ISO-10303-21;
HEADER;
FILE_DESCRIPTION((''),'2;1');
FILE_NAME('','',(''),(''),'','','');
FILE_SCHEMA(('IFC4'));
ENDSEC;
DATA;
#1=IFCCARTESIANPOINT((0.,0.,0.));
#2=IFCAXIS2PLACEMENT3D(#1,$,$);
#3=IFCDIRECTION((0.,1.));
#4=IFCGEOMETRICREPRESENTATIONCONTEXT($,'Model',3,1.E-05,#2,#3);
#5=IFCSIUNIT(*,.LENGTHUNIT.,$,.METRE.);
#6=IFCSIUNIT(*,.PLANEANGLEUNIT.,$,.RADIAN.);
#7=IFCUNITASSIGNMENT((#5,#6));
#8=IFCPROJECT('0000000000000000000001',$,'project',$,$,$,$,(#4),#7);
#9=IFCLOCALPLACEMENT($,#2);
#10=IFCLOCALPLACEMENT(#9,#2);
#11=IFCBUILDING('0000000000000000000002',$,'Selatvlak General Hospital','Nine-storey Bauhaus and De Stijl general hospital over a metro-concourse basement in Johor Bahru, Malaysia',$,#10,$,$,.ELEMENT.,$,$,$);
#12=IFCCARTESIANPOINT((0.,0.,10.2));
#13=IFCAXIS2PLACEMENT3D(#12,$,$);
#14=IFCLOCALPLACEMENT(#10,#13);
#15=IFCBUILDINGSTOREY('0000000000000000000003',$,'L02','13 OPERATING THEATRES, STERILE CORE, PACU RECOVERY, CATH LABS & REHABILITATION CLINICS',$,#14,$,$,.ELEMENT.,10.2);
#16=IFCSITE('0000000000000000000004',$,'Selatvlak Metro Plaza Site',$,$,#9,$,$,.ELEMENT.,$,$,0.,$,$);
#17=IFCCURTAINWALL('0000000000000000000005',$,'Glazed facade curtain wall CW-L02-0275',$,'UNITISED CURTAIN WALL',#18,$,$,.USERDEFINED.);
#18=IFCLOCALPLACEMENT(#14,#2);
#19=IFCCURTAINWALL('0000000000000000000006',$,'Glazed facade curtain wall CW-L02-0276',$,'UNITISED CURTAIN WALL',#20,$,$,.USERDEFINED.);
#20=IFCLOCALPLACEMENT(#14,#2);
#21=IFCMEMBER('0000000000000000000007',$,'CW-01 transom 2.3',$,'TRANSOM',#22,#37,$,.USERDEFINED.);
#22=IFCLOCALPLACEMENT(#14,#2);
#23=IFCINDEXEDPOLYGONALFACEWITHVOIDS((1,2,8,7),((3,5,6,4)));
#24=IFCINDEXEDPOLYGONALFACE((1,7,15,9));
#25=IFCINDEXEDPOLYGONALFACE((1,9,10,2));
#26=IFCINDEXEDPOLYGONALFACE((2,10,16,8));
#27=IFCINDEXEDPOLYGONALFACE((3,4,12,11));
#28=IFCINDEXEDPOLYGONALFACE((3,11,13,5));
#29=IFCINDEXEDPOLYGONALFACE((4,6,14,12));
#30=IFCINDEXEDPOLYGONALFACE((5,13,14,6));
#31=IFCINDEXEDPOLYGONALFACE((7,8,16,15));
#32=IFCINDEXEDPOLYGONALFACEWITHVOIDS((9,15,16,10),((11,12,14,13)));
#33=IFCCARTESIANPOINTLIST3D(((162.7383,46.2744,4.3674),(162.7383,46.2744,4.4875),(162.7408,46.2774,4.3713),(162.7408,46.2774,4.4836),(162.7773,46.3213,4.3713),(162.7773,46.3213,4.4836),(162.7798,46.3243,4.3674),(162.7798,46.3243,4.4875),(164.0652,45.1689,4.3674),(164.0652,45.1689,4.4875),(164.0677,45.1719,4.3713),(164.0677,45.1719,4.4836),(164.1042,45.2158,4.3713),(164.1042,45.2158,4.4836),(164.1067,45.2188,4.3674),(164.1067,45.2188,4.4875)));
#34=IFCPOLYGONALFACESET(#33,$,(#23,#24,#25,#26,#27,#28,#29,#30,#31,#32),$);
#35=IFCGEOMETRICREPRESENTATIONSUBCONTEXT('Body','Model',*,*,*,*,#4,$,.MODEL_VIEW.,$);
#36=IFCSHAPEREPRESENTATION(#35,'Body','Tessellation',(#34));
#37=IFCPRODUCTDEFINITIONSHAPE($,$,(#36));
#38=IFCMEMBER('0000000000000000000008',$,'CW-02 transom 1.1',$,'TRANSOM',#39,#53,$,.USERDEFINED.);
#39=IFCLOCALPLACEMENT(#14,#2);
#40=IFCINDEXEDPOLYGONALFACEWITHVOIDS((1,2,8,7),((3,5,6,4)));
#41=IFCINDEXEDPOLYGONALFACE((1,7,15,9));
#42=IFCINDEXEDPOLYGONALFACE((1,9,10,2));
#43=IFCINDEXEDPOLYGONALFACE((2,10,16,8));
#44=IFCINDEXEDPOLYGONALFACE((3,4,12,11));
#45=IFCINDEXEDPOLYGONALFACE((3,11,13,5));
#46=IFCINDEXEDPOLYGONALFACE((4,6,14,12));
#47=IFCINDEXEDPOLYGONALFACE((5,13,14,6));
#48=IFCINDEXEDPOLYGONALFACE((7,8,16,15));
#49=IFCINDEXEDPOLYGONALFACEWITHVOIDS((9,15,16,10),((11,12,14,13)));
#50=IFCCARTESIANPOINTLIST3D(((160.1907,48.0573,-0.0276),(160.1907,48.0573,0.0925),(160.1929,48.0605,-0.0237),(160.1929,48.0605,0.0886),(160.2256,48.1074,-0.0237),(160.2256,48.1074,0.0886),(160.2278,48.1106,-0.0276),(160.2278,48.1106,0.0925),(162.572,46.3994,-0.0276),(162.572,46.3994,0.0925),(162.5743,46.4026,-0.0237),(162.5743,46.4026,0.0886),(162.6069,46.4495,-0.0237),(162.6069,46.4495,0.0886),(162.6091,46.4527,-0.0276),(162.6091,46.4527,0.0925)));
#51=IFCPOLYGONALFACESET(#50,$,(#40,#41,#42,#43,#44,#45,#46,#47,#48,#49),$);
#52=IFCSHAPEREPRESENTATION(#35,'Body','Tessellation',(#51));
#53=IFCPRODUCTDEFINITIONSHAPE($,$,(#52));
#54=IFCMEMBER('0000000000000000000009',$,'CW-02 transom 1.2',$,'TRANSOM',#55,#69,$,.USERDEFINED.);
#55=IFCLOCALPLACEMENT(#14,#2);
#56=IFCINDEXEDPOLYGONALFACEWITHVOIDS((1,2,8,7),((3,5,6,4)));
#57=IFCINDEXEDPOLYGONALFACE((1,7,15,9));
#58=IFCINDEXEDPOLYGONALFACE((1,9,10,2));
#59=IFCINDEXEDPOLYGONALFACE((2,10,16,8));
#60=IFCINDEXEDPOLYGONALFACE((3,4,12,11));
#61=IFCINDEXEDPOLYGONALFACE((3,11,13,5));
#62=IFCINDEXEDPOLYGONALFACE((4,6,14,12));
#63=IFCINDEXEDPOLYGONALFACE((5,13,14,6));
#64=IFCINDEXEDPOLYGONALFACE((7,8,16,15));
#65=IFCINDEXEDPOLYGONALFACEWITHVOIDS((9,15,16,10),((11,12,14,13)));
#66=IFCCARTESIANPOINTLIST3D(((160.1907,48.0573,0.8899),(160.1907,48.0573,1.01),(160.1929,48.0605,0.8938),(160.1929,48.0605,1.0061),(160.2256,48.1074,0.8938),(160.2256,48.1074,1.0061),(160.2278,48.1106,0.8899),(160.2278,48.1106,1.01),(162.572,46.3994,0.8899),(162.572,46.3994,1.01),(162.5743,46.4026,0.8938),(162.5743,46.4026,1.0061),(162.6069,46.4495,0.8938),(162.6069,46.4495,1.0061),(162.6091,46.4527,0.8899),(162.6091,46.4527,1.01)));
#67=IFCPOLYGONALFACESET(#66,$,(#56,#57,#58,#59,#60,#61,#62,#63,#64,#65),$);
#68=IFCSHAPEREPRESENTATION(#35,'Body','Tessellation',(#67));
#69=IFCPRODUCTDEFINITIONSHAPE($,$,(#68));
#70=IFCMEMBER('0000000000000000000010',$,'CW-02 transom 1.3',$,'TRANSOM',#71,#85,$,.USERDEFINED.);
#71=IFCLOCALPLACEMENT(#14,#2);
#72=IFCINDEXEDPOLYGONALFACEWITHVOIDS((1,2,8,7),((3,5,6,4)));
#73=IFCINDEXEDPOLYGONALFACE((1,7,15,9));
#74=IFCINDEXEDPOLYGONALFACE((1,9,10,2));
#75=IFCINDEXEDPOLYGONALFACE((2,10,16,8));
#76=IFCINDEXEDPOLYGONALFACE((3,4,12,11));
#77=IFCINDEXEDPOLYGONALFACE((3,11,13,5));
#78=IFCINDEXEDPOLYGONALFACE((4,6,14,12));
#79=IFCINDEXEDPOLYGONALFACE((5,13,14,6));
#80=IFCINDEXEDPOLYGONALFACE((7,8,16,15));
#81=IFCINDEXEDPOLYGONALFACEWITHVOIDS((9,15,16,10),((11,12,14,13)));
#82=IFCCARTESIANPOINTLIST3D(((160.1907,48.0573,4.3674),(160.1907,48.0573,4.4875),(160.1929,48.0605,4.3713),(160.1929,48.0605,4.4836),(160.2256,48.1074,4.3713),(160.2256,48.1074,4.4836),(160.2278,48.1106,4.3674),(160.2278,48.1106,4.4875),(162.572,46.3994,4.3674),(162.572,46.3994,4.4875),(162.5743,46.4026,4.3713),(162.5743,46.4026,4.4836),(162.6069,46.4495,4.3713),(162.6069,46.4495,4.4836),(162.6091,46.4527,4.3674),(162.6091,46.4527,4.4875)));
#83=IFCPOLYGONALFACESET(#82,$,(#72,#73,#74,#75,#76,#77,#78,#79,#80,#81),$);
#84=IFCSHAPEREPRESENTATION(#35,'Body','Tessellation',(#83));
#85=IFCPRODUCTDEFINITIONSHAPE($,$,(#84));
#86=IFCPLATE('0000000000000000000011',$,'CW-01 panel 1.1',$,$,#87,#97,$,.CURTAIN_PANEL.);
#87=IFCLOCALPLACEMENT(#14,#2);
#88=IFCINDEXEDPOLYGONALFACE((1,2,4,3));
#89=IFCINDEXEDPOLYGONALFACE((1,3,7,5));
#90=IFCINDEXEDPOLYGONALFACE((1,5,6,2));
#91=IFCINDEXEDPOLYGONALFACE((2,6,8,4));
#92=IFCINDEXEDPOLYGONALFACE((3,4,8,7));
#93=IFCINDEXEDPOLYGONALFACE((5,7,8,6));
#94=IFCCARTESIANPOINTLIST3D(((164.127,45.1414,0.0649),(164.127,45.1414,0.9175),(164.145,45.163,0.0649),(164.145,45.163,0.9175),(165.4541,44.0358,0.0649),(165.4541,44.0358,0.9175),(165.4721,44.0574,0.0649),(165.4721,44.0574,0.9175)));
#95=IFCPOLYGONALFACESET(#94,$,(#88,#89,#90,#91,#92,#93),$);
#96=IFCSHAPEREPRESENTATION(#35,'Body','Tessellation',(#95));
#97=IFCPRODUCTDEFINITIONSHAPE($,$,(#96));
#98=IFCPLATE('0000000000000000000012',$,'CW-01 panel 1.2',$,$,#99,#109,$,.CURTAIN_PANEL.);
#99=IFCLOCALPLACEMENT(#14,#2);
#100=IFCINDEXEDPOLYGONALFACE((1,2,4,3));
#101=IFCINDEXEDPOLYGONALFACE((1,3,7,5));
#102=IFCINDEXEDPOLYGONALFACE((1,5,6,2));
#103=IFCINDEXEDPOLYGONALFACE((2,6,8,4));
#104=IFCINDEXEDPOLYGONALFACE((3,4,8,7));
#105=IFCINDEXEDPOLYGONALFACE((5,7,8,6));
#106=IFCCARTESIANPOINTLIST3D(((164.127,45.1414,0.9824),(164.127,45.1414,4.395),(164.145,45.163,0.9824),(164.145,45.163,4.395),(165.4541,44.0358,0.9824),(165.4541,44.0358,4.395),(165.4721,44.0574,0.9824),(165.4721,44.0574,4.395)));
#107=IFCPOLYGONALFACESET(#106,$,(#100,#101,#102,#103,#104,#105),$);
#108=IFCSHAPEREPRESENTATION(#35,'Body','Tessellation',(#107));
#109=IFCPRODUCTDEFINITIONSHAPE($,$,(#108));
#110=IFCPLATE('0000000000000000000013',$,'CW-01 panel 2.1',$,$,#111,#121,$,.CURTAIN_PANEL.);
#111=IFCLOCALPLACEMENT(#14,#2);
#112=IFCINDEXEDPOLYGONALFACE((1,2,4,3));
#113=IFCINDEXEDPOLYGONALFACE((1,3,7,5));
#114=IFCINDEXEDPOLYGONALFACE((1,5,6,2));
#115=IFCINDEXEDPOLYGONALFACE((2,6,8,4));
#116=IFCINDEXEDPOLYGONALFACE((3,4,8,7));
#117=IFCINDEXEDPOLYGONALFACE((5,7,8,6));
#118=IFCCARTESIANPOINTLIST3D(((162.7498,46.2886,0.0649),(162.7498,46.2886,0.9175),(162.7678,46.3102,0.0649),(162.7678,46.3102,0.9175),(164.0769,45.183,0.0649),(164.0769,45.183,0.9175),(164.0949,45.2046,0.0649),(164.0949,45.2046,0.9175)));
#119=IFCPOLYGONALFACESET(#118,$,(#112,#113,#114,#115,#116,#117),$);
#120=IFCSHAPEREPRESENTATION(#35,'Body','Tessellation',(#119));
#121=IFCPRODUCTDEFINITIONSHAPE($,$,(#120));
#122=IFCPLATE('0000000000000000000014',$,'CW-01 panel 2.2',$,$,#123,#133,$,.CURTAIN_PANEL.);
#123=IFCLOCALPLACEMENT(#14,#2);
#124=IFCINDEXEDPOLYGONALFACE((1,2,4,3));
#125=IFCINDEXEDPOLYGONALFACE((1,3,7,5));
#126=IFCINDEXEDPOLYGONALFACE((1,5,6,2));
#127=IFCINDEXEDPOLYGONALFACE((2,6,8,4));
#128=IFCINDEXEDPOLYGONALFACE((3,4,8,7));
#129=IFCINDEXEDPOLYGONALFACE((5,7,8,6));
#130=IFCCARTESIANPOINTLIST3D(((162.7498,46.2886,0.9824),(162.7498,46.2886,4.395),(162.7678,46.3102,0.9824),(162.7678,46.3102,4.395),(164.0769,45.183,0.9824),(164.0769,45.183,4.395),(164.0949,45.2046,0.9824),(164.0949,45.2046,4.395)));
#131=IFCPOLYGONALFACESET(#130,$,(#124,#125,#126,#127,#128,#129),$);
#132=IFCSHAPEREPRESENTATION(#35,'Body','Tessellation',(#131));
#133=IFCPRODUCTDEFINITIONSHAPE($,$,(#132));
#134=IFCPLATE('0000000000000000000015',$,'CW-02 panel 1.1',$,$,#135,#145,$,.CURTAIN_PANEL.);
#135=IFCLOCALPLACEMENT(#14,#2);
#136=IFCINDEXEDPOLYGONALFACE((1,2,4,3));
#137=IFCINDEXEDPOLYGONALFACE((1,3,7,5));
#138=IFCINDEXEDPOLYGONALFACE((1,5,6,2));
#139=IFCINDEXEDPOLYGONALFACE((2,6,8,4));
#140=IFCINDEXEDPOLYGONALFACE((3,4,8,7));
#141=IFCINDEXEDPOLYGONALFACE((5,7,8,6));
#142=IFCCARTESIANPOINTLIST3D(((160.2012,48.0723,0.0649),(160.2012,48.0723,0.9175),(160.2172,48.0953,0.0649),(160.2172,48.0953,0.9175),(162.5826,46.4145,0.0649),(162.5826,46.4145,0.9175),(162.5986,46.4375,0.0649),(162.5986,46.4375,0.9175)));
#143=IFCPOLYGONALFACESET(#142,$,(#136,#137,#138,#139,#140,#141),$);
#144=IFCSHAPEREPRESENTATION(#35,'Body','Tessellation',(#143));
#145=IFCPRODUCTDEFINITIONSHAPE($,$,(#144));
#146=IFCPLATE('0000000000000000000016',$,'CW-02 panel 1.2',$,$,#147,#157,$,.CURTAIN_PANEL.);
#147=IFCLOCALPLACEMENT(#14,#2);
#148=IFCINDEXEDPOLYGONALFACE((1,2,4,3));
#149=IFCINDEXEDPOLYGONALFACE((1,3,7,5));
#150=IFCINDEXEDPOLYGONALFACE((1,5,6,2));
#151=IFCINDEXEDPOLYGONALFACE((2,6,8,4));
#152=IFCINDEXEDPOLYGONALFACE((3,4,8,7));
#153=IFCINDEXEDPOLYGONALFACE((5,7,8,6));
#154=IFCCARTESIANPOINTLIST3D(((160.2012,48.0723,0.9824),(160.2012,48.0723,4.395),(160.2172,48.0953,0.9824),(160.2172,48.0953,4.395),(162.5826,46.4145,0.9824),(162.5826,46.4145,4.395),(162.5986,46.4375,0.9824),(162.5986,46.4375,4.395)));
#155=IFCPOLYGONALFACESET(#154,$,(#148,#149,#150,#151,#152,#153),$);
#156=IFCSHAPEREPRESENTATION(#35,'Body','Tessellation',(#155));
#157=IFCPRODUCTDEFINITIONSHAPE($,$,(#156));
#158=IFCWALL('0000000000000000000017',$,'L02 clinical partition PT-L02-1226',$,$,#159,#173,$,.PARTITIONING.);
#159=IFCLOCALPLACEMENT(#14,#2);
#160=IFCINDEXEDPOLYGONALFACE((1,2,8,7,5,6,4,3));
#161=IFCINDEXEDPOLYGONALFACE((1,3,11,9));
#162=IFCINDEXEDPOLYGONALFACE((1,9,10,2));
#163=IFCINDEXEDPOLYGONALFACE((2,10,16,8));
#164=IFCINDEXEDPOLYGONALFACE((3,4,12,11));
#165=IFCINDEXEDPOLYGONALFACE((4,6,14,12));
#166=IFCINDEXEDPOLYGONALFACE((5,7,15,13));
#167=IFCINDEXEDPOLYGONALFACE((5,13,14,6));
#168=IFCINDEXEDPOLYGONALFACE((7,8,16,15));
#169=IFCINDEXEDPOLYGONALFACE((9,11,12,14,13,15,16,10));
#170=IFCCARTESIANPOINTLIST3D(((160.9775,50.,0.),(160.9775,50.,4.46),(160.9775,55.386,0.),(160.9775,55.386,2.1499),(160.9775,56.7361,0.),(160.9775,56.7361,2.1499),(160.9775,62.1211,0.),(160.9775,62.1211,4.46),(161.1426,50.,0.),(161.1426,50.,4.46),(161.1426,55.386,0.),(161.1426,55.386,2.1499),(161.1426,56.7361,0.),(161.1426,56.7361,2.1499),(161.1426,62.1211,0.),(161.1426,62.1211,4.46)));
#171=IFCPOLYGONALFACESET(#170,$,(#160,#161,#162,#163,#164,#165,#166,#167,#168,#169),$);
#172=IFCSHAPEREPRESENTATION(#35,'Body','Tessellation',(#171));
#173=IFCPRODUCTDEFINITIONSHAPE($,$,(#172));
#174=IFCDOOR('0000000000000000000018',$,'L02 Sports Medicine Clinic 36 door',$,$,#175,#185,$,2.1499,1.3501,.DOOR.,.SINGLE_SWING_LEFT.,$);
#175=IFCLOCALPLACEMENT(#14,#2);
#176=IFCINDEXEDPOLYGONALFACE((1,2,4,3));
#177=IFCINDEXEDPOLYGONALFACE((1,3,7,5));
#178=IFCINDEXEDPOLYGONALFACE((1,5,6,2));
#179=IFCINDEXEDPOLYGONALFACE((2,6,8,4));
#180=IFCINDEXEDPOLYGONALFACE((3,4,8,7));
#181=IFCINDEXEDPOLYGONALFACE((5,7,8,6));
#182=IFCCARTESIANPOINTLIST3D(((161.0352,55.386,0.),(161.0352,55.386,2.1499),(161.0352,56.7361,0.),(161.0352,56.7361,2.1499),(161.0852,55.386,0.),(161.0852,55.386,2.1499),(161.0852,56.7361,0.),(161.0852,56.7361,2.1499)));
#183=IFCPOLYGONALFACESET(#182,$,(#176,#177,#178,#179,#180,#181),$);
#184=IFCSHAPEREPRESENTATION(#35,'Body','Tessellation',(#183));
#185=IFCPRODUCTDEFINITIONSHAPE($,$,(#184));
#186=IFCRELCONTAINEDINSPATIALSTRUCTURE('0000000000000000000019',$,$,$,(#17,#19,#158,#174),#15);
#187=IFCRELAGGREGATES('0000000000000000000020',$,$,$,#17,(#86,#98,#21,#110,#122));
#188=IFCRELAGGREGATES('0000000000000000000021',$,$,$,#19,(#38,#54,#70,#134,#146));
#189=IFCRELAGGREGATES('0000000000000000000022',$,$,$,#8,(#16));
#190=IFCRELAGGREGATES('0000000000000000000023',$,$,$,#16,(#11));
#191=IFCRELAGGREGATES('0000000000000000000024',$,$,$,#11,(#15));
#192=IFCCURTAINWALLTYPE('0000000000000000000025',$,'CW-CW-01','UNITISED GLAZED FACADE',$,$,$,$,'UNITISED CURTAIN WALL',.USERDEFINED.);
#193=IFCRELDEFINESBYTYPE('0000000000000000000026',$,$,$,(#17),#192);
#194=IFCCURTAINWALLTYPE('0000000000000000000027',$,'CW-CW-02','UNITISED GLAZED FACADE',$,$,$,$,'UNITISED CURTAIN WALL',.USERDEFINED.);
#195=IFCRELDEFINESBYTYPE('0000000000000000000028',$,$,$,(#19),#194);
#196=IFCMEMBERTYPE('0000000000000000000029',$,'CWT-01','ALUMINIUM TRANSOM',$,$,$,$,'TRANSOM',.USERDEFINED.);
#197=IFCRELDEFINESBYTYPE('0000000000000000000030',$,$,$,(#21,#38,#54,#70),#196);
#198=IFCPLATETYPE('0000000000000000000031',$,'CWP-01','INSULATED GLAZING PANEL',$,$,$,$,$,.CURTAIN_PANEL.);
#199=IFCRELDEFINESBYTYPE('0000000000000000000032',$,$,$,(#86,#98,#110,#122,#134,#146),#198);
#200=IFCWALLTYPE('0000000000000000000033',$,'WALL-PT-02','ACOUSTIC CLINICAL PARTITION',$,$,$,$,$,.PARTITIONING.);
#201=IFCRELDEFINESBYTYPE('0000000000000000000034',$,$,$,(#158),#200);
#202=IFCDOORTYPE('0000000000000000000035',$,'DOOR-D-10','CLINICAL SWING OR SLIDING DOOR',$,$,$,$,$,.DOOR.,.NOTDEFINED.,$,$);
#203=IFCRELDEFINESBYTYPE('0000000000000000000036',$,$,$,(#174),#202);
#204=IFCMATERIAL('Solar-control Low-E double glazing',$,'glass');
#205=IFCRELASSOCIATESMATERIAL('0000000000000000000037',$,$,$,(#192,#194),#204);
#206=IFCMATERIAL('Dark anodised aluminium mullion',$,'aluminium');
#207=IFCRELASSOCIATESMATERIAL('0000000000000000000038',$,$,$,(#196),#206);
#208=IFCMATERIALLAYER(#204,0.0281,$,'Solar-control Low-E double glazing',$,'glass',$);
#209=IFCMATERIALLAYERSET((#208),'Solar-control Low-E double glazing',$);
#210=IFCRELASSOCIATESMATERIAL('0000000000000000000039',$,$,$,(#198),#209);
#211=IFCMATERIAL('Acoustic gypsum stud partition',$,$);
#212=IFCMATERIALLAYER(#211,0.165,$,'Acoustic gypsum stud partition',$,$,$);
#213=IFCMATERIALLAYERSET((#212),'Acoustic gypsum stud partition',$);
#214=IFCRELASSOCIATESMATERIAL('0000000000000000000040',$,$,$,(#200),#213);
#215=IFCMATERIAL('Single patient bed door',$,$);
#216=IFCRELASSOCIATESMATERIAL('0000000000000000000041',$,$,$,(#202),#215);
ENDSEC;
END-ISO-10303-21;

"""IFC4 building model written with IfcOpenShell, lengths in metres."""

from ifc_helpers import new_model, si_unit, direction, frame, frame_2d, origin, origin_2d, place, context, subcontext, project, spatial, rectangle, hollow_rectangle, extrude, material, layer, layer_set, material_profile, profile_set, type_object, element, fill, aggregate, save


model = new_model("IFC4")

# Units and contexts
model_context = context("Model", 3, precision=1e-05, world=origin(), true_north=direction((0.0, 1.0)))
body_context = subcontext(model_context, "Body", "Model", "MODEL_VIEW")
ifc_project = project(units=[si_unit("LENGTHUNIT", "METRE"), si_unit("PLANEANGLEUNIT", "RADIAN")], contexts=[model_context])

# Site, building, storey
site_placement = place(None, origin())
site = spatial("IfcSite", under=ifc_project, at=site_placement, Name="Selatvlak Metro Plaza Site", CompositionType="ELEMENT", RefElevation=0.0)
building_placement = place(site_placement, origin())
building = spatial("IfcBuilding", under=site, at=building_placement, Name="Selatvlak General Hospital", Description="Nine-storey Bauhaus and De Stijl general hospital over a metro-concourse basement in Johor Bahru, Malaysia", CompositionType="ELEMENT")
storey_placement = place(building_placement, frame((0.0, 0.0, 10.2)))
storey = spatial("IfcBuildingStorey", under=building, at=storey_placement, Name="L02", Description="13 OPERATING THEATRES, STERILE CORE, PACU RECOVERY, CATH LABS & REHABILITATION CLINICS", CompositionType="ELEMENT", Elevation=10.2)

# Shared definitions
ifc_material_1 = material(Name="Solar-control Low-E double glazing", Category="glass")
curtain_wall_type_1 = type_object("IfcCurtainWallType", Name="CW-CW-01", Description="UNITISED GLAZED FACADE", ElementType="UNITISED CURTAIN WALL", PredefinedType="USERDEFINED", material=ifc_material_1)
ifc_material_2 = material(Name="Dark anodised aluminium mullion", Category="aluminium")

# Curtain wall
curtain_wall_1_placement = place(storey_placement, origin())
curtain_wall_1 = element("IfcCurtainWall", 1, at=curtain_wall_1_placement, inside=storey, type_object=curtain_wall_type_1, Name="Glazed facade curtain wall CW-L02-0275", ObjectType="UNITISED CURTAIN WALL", PredefinedType="USERDEFINED")

# Curtain wall
curtain_wall_type_2 = type_object("IfcCurtainWallType", Name="CW-CW-02", Description="UNITISED GLAZED FACADE", ElementType="UNITISED CURTAIN WALL", PredefinedType="USERDEFINED", material=ifc_material_1)
curtain_wall_2_placement = place(storey_placement, origin())
curtain_wall_2 = element("IfcCurtainWall", 2, at=curtain_wall_2_placement, inside=storey, type_object=curtain_wall_type_2, Name="Glazed facade curtain wall CW-L02-0276", ObjectType="UNITISED CURTAIN WALL", PredefinedType="USERDEFINED")

# Members
ifc_material_profile_1 = material_profile(ifc_material_2, hollow_rectangle(XDim=0.0649, YDim=0.1201, WallThickness=0.0039, at=origin_2d()), Name="AL-TRN 65x120x4")
ifc_profile_set_1 = profile_set([ifc_material_profile_1], Name="Dark anodised aluminium mullion")
member_type_1 = type_object("IfcMemberType", Name="CWT-01", Description="ALUMINIUM TRANSOM", ElementType="TRANSOM", PredefinedType="USERDEFINED", material=ifc_profile_set_1)
member_1_placement = place(storey_placement, frame((164.0859, 45.1938, 4.4275), z_axis=(-0.768302, 0.640087, 0.0), x_axis=(-0.640087, -0.768302, 0.0)))
member_1 = element("IfcMember", 3, at=member_1_placement, type_object=member_type_1, Name="CW-01 transom 2.3", ObjectType="TRANSOM", PredefinedType="USERDEFINED", context=body_context, shape_type="SweptSolid", body=[
    extrude(hollow_rectangle(XDim=0.0649, YDim=0.1201, WallThickness=0.0039, at=origin_2d()), origin(), (0.0, 0.0, 1.0), 1.7271),
])
member_2_placement = place(storey_placement, frame((162.5906, 46.426, 0.0325), z_axis=(-0.820684, 0.571382, 0.0), x_axis=(-0.571382, -0.820684, 0.0)))
member_2 = element("IfcMember", 4, at=member_2_placement, type_object=member_type_1, Name="CW-02 transom 1.1", ObjectType="TRANSOM", PredefinedType="USERDEFINED", context=body_context, shape_type="SweptSolid", body=[
    extrude(hollow_rectangle(XDim=0.0649, YDim=0.1201, WallThickness=0.0039, at=origin_2d()), origin(), (0.0, 0.0, 1.0), 2.9016),
])
member_3_placement = place(storey_placement, frame((162.5906, 46.426, 0.95), z_axis=(-0.820684, 0.571382, 0.0), x_axis=(-0.571382, -0.820684, 0.0)))
member_3 = element("IfcMember", 5, at=member_3_placement, type_object=member_type_1, Name="CW-02 transom 1.2", ObjectType="TRANSOM", PredefinedType="USERDEFINED", context=body_context, shape_type="SweptSolid", body=[
    extrude(hollow_rectangle(XDim=0.0649, YDim=0.1201, WallThickness=0.0039, at=origin_2d()), origin(), (0.0, 0.0, 1.0), 2.9016),
])
member_4_placement = place(storey_placement, frame((162.5906, 46.426, 4.4275), z_axis=(-0.820684, 0.571382, 0.0), x_axis=(-0.571382, -0.820684, 0.0)))
member_4 = element("IfcMember", 6, at=member_4_placement, type_object=member_type_1, Name="CW-02 transom 1.3", ObjectType="TRANSOM", PredefinedType="USERDEFINED", context=body_context, shape_type="SweptSolid", body=[
    extrude(hollow_rectangle(XDim=0.0649, YDim=0.1201, WallThickness=0.0039, at=origin_2d()), origin(), (0.0, 0.0, 1.0), 2.9016),
])

# Plates
ifc_layer_1 = layer(ifc_material_1, 0.0281, Name="Solar-control Low-E double glazing", Category="glass")
ifc_layer_set_1 = layer_set([ifc_layer_1], Name="Solar-control Low-E double glazing")
plate_type = type_object("IfcPlateType", Name="CWP-01", Description="INSULATED GLAZING PANEL", PredefinedType="CURTAIN_PANEL", material=ifc_layer_set_1)
plate_1_placement = place(storey_placement, frame((164.7996, 44.5994, 0.0649), z_axis=(0.0, 0.0, 1.0), x_axis=(-0.768311, 0.640077, 0.0)))
plate_1 = element("IfcPlate", 7, at=plate_1_placement, type_object=plate_type, Name="CW-01 panel 1.1", PredefinedType="CURTAIN_PANEL", context=body_context, shape_type="SweptSolid", body=[
    extrude(rectangle(XDim=1.7273, YDim=0.0281, at=origin_2d()), origin(), (0.0, 0.0, 1.0), 0.8525),
])
plate_2_placement = place(storey_placement, frame((164.7996, 44.5994, 0.9824), z_axis=(0.0, 0.0, 1.0), x_axis=(-0.768311, 0.640077, 0.0)))
plate_2 = element("IfcPlate", 8, at=plate_2_placement, type_object=plate_type, Name="CW-01 panel 1.2", PredefinedType="CURTAIN_PANEL", context=body_context, shape_type="SweptSolid", body=[
    extrude(rectangle(XDim=1.7273, YDim=0.0281, at=origin_2d()), origin(), (0.0, 0.0, 1.0), 3.4126),
])
plate_3_placement = place(storey_placement, frame((163.4224, 45.7466, 0.0649), z_axis=(0.0, 0.0, 1.0), x_axis=(-0.768311, 0.640077, 0.0)))
plate_3 = element("IfcPlate", 9, at=plate_3_placement, type_object=plate_type, Name="CW-01 panel 2.1", PredefinedType="CURTAIN_PANEL", context=body_context, shape_type="SweptSolid", body=[
    extrude(rectangle(XDim=1.7273, YDim=0.0281, at=origin_2d()), origin(), (0.0, 0.0, 1.0), 0.8525),
])
plate_4_placement = place(storey_placement, frame((163.4224, 45.7466, 0.9824), z_axis=(0.0, 0.0, 1.0), x_axis=(-0.768311, 0.640077, 0.0)))
plate_4 = element("IfcPlate", 10, at=plate_4_placement, type_object=plate_type, Name="CW-01 panel 2.2", PredefinedType="CURTAIN_PANEL", context=body_context, shape_type="SweptSolid", body=[
    extrude(rectangle(XDim=1.7273, YDim=0.0281, at=origin_2d()), origin(), (0.0, 0.0, 1.0), 3.4126),
])
aggregate(curtain_wall_1, [plate_1, plate_2, member_1, plate_3, plate_4])
plate_5_placement = place(storey_placement, frame((161.3999, 47.2549, 0.0649), z_axis=(0.0, 0.0, 1.0), x_axis=(-0.820717, 0.571335, 0.0)))
plate_5 = element("IfcPlate", 11, at=plate_5_placement, type_object=plate_type, Name="CW-02 panel 1.1", PredefinedType="CURTAIN_PANEL", context=body_context, shape_type="SweptSolid", body=[
    extrude(rectangle(XDim=2.9016, YDim=0.0281, at=origin_2d()), origin(), (0.0, 0.0, 1.0), 0.8525),
])
plate_6_placement = place(storey_placement, frame((161.3999, 47.2549, 0.9824), z_axis=(0.0, 0.0, 1.0), x_axis=(-0.820717, 0.571335, 0.0)))
plate_6 = element("IfcPlate", 12, at=plate_6_placement, type_object=plate_type, Name="CW-02 panel 1.2", PredefinedType="CURTAIN_PANEL", context=body_context, shape_type="SweptSolid", body=[
    extrude(rectangle(XDim=2.9016, YDim=0.0281, at=origin_2d()), origin(), (0.0, 0.0, 1.0), 3.4126),
])
aggregate(curtain_wall_2, [member_2, member_3, member_4, plate_5, plate_6])

# Wall, opening, door
ifc_material_3 = material(Name="Acoustic gypsum stud partition")
ifc_layer_2 = layer(ifc_material_3, 0.165, Name="Acoustic gypsum stud partition")
ifc_layer_set_2 = layer_set([ifc_layer_2], Name="Acoustic gypsum stud partition")
wall_type = type_object("IfcWallType", Name="WALL-PT-02", Description="ACOUSTIC CLINICAL PARTITION", PredefinedType="PARTITIONING", material=ifc_layer_set_2)
wall_placement = place(storey_placement, frame((161.0601, 50.0, 0.0), z_axis=(0.0, 0.0, 1.0), x_axis=(0.0, 1.0, 0.0)))
wall = element("IfcWall", 13, at=wall_placement, inside=storey, type_object=wall_type, Name="L02 clinical partition PT-L02-1226", PredefinedType="PARTITIONING", context=body_context, shape_type="SweptSolid", body=[
    extrude(rectangle(XDim=12.1211, YDim=0.165, at=frame_2d((6.0605, 0.0))), origin(), (0.0, 0.0, 1.0), 4.46),
])
opening_placement = place(wall_placement, frame((5.386, 0.0, 0.0)))
opening = element("IfcOpeningElement", 14, at=opening_placement, cuts=wall, PredefinedType="OPENING", context=body_context, shape_type="SweptSolid", body=[
    extrude(rectangle(XDim=1.3501, YDim=2.1499, at=frame_2d((0.675, 1.075))), frame((0.0, 0.0925, 0.0), z_axis=(0.0, -1.0, 0.0), x_axis=(1.0, 0.0, 0.0)), (0.0, 0.0, 1.0), 0.1851),
])
ifc_material_4 = material(Name="Single patient bed door")
door_type = type_object("IfcDoorType", Name="DOOR-D-10", Description="CLINICAL SWING OR SLIDING DOOR", OperationType="NOTDEFINED", PredefinedType="DOOR", material=ifc_material_4)
door_placement = place(opening_placement, origin())
door = element("IfcDoor", 15, at=door_placement, inside=storey, type_object=door_type, Name="L02 Sports Medicine Clinic 36 door", OperationType="SINGLE_SWING_LEFT", OverallHeight=2.1499, OverallWidth=1.3501, PredefinedType="DOOR", context=body_context, shape_type="SweptSolid", body=[
    extrude(rectangle(XDim=1.3501, YDim=2.1499, at=frame_2d((0.675, 1.075))), frame((0.0, 0.0249, 0.0), z_axis=(0.0, -1.0, 0.0), x_axis=(1.0, 0.0, 0.0)), (0.0, 0.0, 1.0), 0.05),
])
fill(opening, door)

save(model, "model.ifc")
